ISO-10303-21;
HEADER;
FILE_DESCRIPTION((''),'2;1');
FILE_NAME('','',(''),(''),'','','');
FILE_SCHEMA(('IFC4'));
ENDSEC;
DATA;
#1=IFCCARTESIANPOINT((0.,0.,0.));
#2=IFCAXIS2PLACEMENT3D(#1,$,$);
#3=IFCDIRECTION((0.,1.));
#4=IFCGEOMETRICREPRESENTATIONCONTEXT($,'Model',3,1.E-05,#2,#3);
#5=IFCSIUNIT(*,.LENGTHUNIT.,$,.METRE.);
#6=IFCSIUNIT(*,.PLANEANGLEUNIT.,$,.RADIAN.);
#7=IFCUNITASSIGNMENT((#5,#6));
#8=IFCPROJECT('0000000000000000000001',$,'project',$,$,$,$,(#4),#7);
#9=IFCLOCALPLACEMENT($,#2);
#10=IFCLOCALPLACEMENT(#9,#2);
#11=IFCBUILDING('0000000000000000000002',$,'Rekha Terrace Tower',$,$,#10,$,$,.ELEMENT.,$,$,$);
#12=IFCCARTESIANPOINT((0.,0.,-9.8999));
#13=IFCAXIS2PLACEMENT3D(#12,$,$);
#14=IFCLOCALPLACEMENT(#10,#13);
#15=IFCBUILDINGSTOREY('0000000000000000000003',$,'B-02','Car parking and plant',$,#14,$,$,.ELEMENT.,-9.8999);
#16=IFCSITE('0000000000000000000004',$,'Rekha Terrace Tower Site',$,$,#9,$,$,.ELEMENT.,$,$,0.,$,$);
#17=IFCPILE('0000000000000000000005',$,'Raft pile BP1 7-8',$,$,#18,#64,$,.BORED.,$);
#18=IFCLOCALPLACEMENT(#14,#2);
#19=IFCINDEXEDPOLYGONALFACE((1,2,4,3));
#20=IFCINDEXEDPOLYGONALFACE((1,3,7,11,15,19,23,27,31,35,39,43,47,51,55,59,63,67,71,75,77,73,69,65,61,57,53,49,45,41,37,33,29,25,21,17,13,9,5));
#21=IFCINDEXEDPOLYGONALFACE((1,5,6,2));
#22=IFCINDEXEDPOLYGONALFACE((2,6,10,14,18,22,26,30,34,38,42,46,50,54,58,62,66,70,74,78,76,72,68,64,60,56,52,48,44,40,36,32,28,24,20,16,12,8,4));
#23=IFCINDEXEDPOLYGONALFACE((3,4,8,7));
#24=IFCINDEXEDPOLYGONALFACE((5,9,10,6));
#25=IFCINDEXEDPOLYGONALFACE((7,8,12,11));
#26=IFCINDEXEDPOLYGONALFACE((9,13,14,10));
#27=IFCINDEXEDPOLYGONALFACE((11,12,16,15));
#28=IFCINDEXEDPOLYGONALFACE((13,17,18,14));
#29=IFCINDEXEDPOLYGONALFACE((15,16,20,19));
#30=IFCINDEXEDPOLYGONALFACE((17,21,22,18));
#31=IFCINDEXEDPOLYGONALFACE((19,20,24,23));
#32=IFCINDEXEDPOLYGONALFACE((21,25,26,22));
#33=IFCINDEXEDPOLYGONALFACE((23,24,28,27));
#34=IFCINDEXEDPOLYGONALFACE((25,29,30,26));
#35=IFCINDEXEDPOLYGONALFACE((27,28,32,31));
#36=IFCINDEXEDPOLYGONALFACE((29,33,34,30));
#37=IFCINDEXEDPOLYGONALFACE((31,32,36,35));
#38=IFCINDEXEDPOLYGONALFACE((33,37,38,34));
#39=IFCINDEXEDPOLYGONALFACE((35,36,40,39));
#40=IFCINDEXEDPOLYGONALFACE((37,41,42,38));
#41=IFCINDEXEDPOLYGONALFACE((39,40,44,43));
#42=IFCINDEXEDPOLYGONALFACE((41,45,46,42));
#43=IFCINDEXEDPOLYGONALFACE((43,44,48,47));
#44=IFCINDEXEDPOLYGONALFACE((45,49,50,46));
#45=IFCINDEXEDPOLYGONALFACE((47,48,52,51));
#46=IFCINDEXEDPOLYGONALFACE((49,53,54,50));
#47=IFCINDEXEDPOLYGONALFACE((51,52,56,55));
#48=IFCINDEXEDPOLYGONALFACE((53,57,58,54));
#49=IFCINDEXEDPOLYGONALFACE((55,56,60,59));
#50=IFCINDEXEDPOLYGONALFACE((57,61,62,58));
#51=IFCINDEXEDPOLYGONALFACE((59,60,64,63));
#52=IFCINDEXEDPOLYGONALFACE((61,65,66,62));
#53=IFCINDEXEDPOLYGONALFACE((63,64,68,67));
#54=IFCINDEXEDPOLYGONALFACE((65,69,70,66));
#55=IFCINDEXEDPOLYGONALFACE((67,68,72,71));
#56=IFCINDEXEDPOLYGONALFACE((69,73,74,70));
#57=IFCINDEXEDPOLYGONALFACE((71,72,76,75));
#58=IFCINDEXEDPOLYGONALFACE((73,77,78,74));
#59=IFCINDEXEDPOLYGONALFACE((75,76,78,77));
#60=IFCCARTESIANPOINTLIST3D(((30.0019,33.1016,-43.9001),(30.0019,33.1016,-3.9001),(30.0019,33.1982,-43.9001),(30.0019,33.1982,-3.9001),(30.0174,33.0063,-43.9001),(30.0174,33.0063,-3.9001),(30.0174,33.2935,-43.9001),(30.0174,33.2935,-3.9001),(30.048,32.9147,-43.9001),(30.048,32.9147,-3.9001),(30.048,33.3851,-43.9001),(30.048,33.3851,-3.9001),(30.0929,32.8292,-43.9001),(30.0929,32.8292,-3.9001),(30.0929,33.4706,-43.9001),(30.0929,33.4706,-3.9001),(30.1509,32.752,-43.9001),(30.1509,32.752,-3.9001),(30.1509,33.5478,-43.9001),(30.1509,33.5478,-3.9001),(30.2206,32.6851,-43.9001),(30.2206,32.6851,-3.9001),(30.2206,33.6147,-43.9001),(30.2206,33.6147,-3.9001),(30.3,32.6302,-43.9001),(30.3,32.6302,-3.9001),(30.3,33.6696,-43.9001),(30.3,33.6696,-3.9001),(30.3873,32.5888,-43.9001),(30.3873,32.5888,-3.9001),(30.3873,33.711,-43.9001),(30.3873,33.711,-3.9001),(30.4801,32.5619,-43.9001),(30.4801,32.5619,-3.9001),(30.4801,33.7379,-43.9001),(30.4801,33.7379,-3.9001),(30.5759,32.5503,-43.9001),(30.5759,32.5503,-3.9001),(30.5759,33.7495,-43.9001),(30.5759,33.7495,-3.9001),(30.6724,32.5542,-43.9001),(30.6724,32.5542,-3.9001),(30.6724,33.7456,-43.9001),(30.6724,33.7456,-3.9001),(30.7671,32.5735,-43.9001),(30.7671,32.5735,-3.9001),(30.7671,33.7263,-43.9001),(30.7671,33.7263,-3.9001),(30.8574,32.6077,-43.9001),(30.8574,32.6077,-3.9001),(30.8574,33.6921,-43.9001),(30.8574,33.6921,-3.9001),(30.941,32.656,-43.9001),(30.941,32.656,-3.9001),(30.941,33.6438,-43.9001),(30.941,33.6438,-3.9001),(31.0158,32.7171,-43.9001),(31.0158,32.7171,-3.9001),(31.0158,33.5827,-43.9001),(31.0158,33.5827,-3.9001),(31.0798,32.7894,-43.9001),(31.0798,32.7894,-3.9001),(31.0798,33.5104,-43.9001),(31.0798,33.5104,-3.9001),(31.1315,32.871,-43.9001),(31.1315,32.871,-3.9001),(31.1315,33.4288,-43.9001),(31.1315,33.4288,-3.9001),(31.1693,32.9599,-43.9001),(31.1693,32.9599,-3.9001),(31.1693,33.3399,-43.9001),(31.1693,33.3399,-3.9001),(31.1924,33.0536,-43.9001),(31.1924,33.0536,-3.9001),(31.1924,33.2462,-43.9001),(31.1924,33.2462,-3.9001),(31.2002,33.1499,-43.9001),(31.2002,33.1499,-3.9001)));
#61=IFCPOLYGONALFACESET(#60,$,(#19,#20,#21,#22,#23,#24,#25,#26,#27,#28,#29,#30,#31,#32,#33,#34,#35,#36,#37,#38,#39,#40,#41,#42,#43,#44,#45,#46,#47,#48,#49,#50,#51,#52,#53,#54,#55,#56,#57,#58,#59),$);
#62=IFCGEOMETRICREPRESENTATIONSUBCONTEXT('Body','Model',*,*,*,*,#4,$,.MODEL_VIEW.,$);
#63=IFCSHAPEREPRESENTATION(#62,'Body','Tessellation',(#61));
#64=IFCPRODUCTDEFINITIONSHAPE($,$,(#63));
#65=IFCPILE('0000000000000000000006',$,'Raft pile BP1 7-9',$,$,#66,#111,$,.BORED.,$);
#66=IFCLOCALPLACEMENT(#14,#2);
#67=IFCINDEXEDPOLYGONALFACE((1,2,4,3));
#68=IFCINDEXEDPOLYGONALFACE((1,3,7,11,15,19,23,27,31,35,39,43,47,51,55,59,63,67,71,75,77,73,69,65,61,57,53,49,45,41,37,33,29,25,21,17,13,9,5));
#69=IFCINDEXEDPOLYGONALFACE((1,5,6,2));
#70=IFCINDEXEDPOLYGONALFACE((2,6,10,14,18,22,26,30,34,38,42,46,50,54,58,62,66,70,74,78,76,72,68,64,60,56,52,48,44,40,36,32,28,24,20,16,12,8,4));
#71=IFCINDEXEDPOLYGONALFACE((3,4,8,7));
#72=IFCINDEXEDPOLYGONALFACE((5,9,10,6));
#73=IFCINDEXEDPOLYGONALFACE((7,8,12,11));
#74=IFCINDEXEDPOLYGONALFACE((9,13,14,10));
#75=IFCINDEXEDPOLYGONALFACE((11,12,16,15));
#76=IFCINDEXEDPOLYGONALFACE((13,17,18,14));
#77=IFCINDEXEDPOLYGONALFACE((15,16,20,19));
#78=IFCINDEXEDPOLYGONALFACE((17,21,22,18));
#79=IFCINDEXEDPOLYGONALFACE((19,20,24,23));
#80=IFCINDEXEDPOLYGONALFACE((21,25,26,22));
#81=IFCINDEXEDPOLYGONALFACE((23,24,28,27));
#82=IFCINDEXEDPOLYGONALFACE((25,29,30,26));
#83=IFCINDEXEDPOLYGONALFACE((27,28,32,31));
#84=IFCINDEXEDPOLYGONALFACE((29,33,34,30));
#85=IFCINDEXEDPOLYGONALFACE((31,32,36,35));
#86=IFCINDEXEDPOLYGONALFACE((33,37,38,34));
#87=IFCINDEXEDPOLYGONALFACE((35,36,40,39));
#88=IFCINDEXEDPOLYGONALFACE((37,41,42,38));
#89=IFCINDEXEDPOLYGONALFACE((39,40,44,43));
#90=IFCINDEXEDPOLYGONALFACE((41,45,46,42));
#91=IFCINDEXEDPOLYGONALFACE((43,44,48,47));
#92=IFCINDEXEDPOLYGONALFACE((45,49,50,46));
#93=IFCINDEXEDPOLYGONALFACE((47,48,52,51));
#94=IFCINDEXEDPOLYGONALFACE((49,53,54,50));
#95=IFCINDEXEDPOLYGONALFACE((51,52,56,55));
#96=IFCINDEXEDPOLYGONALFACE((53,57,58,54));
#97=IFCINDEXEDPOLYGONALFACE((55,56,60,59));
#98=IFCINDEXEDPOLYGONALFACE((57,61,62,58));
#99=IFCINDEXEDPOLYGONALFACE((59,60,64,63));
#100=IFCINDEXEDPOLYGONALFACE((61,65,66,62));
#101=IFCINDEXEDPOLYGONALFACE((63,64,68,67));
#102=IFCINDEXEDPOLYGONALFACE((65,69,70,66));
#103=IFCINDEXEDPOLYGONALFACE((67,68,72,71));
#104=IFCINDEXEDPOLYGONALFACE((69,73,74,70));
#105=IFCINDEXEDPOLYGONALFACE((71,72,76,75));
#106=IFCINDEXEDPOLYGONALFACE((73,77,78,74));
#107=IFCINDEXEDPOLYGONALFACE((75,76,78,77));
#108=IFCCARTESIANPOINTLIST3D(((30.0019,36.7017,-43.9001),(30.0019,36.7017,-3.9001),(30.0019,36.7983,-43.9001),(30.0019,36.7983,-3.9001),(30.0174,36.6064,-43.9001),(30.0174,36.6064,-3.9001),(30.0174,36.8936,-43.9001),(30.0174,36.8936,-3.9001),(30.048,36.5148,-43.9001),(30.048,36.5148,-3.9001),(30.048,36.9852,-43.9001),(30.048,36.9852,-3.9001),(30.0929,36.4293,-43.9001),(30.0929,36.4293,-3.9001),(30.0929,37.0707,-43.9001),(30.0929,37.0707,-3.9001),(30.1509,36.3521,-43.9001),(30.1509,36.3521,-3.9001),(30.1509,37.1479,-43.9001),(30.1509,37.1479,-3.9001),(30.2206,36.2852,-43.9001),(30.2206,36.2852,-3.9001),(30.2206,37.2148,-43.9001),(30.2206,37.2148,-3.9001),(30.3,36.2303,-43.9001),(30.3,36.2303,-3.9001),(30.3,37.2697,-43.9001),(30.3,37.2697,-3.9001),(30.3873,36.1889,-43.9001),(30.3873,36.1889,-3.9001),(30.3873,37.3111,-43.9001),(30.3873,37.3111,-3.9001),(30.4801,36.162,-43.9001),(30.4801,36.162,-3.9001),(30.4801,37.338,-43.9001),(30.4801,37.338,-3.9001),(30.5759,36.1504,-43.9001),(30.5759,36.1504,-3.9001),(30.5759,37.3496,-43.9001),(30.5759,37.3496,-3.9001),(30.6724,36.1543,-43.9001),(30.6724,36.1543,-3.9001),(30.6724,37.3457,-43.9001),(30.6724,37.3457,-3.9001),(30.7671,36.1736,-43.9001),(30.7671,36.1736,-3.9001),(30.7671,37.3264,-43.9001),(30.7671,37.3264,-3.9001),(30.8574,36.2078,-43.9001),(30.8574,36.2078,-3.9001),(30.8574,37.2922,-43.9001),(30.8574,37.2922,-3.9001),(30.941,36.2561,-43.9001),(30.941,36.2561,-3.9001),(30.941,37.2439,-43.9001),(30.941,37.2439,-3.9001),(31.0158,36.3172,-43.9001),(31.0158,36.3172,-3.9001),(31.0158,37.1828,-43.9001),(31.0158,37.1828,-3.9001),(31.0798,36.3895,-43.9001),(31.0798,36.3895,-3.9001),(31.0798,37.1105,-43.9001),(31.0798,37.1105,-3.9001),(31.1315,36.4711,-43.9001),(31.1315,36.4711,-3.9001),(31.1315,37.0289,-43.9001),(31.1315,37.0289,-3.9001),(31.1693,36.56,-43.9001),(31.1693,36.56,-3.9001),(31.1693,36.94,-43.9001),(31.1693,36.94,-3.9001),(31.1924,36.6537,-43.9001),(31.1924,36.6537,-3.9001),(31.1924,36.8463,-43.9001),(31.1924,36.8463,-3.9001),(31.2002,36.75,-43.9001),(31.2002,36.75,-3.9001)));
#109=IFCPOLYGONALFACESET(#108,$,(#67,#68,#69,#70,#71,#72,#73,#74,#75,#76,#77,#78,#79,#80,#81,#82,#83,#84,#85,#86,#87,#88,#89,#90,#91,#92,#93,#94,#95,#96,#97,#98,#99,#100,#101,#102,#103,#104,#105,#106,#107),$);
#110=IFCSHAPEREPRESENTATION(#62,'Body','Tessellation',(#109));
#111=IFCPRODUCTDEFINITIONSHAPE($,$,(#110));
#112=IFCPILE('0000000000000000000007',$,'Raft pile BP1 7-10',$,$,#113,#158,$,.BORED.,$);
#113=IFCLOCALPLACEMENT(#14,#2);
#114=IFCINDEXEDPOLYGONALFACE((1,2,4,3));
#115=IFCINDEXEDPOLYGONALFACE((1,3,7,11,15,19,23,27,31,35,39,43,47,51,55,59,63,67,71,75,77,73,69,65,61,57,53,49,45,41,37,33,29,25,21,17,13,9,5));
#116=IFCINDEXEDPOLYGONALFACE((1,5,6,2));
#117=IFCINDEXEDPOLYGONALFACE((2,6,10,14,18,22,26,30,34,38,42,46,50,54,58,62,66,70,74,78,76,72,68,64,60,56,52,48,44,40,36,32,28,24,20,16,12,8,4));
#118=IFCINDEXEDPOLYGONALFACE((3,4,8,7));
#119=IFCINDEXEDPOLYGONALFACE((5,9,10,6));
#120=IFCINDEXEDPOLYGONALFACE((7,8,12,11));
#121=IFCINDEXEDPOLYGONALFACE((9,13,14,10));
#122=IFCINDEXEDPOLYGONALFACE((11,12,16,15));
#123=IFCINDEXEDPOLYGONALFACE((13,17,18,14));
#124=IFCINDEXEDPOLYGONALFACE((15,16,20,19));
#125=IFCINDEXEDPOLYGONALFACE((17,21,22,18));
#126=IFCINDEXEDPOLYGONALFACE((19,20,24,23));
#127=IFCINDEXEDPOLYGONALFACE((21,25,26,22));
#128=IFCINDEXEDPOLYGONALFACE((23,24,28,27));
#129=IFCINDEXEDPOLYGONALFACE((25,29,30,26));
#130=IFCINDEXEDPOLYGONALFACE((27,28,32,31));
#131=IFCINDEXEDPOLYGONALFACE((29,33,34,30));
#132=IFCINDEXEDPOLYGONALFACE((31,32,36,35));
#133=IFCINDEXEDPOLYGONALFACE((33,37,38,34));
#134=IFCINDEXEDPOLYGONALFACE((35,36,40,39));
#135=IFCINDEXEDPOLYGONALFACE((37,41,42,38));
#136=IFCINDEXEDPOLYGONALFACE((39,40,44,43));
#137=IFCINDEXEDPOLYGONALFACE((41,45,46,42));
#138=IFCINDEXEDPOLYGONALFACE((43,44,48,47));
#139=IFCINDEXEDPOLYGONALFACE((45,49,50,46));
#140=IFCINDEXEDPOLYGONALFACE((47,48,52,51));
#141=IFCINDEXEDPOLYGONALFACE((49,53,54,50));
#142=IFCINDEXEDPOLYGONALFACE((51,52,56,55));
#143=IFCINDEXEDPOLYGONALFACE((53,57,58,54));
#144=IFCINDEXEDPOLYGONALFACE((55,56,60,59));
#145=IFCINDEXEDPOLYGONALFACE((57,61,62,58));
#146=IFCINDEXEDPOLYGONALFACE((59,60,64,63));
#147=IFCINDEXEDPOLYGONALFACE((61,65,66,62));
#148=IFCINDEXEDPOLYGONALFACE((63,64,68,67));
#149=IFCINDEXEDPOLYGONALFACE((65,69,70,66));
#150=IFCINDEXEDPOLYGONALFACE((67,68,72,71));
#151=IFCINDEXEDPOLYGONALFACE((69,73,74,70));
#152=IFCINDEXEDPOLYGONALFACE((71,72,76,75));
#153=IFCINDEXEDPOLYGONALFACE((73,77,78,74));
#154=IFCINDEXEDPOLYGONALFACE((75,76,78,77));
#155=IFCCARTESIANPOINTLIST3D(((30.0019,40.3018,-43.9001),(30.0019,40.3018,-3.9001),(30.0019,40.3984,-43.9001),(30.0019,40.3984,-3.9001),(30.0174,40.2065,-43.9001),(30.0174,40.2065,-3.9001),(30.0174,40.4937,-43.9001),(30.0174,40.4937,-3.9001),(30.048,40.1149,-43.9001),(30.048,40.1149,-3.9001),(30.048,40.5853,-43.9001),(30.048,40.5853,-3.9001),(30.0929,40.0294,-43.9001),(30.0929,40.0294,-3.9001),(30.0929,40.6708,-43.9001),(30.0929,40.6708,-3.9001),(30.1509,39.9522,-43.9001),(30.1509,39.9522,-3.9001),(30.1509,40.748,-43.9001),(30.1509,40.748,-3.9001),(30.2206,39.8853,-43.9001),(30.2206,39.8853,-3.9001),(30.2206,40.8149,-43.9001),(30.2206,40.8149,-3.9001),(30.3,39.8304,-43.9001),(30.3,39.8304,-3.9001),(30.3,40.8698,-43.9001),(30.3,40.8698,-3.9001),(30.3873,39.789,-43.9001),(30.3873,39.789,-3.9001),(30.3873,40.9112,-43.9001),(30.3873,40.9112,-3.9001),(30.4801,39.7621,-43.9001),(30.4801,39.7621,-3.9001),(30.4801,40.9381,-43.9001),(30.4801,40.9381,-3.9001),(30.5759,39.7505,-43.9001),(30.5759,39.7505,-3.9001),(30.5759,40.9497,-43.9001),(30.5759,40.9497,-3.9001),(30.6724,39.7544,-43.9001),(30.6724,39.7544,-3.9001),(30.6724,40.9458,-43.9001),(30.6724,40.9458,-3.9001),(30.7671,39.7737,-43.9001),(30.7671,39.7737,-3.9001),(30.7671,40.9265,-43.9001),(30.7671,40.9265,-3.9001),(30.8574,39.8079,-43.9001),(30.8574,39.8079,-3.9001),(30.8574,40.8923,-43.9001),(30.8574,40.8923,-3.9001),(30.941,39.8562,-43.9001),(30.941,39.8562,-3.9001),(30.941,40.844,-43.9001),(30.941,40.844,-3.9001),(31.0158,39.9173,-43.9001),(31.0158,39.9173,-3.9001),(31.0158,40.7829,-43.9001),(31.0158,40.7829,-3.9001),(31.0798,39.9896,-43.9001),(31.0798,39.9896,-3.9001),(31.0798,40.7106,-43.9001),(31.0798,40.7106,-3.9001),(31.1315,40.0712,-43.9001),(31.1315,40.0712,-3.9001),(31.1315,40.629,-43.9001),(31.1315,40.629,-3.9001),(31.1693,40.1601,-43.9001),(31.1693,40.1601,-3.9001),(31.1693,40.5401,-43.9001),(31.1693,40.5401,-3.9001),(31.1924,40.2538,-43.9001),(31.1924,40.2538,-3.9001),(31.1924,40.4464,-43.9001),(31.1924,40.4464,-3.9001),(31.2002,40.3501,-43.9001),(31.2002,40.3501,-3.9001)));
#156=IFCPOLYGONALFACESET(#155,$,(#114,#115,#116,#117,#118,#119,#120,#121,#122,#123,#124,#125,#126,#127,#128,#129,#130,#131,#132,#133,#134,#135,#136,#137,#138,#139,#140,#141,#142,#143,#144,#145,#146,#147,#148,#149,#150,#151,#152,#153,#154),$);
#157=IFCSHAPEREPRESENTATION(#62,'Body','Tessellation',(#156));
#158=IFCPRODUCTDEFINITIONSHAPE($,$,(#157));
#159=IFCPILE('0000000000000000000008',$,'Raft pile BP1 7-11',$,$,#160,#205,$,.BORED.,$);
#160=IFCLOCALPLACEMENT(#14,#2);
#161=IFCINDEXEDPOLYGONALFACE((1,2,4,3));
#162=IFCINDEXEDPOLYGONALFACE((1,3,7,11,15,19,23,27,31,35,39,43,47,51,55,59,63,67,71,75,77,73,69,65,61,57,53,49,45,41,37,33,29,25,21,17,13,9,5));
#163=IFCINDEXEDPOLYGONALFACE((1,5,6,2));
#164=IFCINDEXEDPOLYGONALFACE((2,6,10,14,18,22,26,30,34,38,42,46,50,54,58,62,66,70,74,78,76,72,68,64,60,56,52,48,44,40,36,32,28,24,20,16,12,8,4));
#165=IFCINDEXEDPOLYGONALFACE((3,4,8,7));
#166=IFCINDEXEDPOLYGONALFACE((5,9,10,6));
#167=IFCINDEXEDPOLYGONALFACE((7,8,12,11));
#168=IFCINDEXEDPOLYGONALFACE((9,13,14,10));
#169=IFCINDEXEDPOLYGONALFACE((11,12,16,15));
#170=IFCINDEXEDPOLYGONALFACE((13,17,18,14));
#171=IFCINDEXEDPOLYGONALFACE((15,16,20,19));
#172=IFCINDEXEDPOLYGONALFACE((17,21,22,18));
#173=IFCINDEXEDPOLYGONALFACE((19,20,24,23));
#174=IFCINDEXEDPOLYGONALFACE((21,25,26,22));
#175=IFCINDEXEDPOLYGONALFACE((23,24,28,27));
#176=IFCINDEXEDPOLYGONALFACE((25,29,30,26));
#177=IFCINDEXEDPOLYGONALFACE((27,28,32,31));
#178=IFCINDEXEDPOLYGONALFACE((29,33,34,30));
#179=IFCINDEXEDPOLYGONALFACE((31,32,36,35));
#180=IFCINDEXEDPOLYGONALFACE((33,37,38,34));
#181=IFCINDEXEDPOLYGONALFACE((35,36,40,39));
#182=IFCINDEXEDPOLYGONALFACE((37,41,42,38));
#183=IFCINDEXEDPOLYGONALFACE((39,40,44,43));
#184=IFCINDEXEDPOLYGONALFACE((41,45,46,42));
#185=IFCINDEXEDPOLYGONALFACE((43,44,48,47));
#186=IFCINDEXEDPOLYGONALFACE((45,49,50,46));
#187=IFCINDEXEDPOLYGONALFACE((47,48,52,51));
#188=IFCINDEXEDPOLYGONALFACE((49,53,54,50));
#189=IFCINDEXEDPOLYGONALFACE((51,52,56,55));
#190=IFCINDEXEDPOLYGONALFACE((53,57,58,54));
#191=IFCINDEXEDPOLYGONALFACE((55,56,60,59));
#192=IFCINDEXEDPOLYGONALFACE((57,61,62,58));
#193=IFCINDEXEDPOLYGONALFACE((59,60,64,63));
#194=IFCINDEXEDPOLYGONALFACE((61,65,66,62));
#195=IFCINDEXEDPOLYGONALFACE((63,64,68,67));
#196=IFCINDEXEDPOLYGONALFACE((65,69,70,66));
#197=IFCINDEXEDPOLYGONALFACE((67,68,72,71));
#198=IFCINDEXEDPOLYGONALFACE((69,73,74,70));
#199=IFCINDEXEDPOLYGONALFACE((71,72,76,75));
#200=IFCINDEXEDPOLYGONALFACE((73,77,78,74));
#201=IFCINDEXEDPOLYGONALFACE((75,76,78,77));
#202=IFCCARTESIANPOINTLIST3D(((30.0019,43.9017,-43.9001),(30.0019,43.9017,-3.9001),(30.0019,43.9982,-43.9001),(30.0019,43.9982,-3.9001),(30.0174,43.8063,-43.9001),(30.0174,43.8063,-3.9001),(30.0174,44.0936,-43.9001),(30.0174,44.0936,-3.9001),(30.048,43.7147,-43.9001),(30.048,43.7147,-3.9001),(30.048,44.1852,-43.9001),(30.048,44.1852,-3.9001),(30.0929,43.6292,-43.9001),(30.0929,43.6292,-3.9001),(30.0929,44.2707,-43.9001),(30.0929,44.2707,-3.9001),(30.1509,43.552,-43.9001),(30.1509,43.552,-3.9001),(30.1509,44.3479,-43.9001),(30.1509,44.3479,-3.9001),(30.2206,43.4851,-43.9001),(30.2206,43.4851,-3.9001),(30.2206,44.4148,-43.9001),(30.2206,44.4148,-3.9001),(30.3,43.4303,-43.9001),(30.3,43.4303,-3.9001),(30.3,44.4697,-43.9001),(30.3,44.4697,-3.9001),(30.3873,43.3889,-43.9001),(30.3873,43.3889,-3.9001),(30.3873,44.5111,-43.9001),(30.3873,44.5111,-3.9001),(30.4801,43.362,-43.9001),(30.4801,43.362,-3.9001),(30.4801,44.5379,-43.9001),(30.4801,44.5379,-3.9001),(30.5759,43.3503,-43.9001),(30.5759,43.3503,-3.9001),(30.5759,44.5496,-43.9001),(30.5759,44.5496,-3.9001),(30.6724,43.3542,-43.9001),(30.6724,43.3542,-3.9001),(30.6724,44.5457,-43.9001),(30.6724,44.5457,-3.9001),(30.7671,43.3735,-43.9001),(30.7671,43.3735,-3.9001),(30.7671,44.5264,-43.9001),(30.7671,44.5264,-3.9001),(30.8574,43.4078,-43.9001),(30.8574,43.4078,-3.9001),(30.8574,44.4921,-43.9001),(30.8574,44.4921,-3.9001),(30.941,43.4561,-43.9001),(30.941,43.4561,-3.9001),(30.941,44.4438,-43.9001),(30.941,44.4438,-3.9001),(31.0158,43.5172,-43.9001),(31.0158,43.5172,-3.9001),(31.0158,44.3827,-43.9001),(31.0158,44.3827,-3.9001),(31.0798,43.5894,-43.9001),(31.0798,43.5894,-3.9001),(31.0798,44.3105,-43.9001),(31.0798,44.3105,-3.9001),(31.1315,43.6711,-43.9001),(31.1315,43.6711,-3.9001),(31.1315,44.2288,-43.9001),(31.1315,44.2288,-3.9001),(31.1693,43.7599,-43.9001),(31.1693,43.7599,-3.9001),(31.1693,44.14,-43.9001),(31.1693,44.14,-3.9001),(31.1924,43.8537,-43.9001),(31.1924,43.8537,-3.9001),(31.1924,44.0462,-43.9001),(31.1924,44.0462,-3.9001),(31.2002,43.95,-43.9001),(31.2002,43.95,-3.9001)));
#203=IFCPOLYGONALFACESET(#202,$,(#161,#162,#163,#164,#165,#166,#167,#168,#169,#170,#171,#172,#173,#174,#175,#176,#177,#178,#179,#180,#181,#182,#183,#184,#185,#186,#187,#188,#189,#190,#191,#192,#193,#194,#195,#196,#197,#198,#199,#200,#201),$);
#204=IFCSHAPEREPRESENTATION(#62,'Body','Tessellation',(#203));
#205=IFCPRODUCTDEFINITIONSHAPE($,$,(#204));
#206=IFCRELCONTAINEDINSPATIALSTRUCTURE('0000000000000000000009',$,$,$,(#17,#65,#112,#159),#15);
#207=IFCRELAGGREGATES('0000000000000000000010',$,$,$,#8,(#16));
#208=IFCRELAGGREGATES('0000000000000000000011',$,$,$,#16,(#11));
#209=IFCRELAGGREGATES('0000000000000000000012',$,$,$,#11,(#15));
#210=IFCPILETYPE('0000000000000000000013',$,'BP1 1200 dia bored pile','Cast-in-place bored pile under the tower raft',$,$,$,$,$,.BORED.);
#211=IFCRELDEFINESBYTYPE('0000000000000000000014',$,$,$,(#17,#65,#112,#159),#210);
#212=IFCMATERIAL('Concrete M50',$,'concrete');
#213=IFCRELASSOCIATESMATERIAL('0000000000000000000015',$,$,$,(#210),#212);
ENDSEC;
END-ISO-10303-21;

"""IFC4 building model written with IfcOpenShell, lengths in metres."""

from ifc_helpers import new_model, si_unit, direction, frame, origin, origin_2d, place, context, subcontext, project, spatial, circle, extrude, material, type_object, element, save


model = new_model("IFC4")

# Units and contexts
model_context = context("Model", 3, precision=1e-05, world=origin(), true_north=direction((0.0, 1.0)))
body_context = subcontext(model_context, "Body", "Model", "MODEL_VIEW")
ifc_project = project(units=[si_unit("LENGTHUNIT", "METRE"), si_unit("PLANEANGLEUNIT", "RADIAN")], contexts=[model_context])

# Site, building, storey
site_placement = place(None, origin())
site = spatial("IfcSite", under=ifc_project, at=site_placement, Name="Rekha Terrace Tower Site", CompositionType="ELEMENT", RefElevation=0.0)
building_placement = place(site_placement, origin())
building = spatial("IfcBuilding", under=site, at=building_placement, Name="Rekha Terrace Tower", CompositionType="ELEMENT")
storey_placement = place(building_placement, frame((0.0, 0.0, -9.8999)))
storey = spatial("IfcBuildingStorey", under=building, at=storey_placement, Name="B-02", Description="Car parking and plant", CompositionType="ELEMENT", Elevation=-9.8999)

# Piles
ifc_material_1 = material(Name="Concrete M50", Category="concrete")
pile_type = type_object("IfcPileType", Name="BP1 1200 dia bored pile", Description="Cast-in-place bored pile under the tower raft", PredefinedType="BORED", material=ifc_material_1)
for number, where, z_axis, x_axis, name in (
    (1, (30.6001, 33.1499, -3.9001), (0.0, 0.0, -1.0), (1.0, 0.0, 0.0), "Raft pile BP1 7-8"),
    (2, (30.6001, 36.75, -3.9001), (0.0, 0.0, -1.0), (1.0, 0.0, 0.0), "Raft pile BP1 7-9"),
    (3, (30.6001, 40.3501, -3.9001), (0.0, 0.0, -1.0), (1.0, 0.0, 0.0), "Raft pile BP1 7-10"),
    (4, (30.6001, 43.95, -3.9001), (0.0, 0.0, -1.0), (1.0, 0.0, 0.0), "Raft pile BP1 7-11"),
):
    element("IfcPile", number, at=place(storey_placement, frame(where, z_axis=z_axis, x_axis=x_axis)), inside=storey, type_object=pile_type, Name=name, PredefinedType="BORED", context=body_context, shape_type="SweptSolid", body=[
        extrude(circle(Radius=0.6001, at=origin_2d()), origin(), (0.0, 0.0, 1.0), 40.0),
    ])

save(model, "model.ifc")
